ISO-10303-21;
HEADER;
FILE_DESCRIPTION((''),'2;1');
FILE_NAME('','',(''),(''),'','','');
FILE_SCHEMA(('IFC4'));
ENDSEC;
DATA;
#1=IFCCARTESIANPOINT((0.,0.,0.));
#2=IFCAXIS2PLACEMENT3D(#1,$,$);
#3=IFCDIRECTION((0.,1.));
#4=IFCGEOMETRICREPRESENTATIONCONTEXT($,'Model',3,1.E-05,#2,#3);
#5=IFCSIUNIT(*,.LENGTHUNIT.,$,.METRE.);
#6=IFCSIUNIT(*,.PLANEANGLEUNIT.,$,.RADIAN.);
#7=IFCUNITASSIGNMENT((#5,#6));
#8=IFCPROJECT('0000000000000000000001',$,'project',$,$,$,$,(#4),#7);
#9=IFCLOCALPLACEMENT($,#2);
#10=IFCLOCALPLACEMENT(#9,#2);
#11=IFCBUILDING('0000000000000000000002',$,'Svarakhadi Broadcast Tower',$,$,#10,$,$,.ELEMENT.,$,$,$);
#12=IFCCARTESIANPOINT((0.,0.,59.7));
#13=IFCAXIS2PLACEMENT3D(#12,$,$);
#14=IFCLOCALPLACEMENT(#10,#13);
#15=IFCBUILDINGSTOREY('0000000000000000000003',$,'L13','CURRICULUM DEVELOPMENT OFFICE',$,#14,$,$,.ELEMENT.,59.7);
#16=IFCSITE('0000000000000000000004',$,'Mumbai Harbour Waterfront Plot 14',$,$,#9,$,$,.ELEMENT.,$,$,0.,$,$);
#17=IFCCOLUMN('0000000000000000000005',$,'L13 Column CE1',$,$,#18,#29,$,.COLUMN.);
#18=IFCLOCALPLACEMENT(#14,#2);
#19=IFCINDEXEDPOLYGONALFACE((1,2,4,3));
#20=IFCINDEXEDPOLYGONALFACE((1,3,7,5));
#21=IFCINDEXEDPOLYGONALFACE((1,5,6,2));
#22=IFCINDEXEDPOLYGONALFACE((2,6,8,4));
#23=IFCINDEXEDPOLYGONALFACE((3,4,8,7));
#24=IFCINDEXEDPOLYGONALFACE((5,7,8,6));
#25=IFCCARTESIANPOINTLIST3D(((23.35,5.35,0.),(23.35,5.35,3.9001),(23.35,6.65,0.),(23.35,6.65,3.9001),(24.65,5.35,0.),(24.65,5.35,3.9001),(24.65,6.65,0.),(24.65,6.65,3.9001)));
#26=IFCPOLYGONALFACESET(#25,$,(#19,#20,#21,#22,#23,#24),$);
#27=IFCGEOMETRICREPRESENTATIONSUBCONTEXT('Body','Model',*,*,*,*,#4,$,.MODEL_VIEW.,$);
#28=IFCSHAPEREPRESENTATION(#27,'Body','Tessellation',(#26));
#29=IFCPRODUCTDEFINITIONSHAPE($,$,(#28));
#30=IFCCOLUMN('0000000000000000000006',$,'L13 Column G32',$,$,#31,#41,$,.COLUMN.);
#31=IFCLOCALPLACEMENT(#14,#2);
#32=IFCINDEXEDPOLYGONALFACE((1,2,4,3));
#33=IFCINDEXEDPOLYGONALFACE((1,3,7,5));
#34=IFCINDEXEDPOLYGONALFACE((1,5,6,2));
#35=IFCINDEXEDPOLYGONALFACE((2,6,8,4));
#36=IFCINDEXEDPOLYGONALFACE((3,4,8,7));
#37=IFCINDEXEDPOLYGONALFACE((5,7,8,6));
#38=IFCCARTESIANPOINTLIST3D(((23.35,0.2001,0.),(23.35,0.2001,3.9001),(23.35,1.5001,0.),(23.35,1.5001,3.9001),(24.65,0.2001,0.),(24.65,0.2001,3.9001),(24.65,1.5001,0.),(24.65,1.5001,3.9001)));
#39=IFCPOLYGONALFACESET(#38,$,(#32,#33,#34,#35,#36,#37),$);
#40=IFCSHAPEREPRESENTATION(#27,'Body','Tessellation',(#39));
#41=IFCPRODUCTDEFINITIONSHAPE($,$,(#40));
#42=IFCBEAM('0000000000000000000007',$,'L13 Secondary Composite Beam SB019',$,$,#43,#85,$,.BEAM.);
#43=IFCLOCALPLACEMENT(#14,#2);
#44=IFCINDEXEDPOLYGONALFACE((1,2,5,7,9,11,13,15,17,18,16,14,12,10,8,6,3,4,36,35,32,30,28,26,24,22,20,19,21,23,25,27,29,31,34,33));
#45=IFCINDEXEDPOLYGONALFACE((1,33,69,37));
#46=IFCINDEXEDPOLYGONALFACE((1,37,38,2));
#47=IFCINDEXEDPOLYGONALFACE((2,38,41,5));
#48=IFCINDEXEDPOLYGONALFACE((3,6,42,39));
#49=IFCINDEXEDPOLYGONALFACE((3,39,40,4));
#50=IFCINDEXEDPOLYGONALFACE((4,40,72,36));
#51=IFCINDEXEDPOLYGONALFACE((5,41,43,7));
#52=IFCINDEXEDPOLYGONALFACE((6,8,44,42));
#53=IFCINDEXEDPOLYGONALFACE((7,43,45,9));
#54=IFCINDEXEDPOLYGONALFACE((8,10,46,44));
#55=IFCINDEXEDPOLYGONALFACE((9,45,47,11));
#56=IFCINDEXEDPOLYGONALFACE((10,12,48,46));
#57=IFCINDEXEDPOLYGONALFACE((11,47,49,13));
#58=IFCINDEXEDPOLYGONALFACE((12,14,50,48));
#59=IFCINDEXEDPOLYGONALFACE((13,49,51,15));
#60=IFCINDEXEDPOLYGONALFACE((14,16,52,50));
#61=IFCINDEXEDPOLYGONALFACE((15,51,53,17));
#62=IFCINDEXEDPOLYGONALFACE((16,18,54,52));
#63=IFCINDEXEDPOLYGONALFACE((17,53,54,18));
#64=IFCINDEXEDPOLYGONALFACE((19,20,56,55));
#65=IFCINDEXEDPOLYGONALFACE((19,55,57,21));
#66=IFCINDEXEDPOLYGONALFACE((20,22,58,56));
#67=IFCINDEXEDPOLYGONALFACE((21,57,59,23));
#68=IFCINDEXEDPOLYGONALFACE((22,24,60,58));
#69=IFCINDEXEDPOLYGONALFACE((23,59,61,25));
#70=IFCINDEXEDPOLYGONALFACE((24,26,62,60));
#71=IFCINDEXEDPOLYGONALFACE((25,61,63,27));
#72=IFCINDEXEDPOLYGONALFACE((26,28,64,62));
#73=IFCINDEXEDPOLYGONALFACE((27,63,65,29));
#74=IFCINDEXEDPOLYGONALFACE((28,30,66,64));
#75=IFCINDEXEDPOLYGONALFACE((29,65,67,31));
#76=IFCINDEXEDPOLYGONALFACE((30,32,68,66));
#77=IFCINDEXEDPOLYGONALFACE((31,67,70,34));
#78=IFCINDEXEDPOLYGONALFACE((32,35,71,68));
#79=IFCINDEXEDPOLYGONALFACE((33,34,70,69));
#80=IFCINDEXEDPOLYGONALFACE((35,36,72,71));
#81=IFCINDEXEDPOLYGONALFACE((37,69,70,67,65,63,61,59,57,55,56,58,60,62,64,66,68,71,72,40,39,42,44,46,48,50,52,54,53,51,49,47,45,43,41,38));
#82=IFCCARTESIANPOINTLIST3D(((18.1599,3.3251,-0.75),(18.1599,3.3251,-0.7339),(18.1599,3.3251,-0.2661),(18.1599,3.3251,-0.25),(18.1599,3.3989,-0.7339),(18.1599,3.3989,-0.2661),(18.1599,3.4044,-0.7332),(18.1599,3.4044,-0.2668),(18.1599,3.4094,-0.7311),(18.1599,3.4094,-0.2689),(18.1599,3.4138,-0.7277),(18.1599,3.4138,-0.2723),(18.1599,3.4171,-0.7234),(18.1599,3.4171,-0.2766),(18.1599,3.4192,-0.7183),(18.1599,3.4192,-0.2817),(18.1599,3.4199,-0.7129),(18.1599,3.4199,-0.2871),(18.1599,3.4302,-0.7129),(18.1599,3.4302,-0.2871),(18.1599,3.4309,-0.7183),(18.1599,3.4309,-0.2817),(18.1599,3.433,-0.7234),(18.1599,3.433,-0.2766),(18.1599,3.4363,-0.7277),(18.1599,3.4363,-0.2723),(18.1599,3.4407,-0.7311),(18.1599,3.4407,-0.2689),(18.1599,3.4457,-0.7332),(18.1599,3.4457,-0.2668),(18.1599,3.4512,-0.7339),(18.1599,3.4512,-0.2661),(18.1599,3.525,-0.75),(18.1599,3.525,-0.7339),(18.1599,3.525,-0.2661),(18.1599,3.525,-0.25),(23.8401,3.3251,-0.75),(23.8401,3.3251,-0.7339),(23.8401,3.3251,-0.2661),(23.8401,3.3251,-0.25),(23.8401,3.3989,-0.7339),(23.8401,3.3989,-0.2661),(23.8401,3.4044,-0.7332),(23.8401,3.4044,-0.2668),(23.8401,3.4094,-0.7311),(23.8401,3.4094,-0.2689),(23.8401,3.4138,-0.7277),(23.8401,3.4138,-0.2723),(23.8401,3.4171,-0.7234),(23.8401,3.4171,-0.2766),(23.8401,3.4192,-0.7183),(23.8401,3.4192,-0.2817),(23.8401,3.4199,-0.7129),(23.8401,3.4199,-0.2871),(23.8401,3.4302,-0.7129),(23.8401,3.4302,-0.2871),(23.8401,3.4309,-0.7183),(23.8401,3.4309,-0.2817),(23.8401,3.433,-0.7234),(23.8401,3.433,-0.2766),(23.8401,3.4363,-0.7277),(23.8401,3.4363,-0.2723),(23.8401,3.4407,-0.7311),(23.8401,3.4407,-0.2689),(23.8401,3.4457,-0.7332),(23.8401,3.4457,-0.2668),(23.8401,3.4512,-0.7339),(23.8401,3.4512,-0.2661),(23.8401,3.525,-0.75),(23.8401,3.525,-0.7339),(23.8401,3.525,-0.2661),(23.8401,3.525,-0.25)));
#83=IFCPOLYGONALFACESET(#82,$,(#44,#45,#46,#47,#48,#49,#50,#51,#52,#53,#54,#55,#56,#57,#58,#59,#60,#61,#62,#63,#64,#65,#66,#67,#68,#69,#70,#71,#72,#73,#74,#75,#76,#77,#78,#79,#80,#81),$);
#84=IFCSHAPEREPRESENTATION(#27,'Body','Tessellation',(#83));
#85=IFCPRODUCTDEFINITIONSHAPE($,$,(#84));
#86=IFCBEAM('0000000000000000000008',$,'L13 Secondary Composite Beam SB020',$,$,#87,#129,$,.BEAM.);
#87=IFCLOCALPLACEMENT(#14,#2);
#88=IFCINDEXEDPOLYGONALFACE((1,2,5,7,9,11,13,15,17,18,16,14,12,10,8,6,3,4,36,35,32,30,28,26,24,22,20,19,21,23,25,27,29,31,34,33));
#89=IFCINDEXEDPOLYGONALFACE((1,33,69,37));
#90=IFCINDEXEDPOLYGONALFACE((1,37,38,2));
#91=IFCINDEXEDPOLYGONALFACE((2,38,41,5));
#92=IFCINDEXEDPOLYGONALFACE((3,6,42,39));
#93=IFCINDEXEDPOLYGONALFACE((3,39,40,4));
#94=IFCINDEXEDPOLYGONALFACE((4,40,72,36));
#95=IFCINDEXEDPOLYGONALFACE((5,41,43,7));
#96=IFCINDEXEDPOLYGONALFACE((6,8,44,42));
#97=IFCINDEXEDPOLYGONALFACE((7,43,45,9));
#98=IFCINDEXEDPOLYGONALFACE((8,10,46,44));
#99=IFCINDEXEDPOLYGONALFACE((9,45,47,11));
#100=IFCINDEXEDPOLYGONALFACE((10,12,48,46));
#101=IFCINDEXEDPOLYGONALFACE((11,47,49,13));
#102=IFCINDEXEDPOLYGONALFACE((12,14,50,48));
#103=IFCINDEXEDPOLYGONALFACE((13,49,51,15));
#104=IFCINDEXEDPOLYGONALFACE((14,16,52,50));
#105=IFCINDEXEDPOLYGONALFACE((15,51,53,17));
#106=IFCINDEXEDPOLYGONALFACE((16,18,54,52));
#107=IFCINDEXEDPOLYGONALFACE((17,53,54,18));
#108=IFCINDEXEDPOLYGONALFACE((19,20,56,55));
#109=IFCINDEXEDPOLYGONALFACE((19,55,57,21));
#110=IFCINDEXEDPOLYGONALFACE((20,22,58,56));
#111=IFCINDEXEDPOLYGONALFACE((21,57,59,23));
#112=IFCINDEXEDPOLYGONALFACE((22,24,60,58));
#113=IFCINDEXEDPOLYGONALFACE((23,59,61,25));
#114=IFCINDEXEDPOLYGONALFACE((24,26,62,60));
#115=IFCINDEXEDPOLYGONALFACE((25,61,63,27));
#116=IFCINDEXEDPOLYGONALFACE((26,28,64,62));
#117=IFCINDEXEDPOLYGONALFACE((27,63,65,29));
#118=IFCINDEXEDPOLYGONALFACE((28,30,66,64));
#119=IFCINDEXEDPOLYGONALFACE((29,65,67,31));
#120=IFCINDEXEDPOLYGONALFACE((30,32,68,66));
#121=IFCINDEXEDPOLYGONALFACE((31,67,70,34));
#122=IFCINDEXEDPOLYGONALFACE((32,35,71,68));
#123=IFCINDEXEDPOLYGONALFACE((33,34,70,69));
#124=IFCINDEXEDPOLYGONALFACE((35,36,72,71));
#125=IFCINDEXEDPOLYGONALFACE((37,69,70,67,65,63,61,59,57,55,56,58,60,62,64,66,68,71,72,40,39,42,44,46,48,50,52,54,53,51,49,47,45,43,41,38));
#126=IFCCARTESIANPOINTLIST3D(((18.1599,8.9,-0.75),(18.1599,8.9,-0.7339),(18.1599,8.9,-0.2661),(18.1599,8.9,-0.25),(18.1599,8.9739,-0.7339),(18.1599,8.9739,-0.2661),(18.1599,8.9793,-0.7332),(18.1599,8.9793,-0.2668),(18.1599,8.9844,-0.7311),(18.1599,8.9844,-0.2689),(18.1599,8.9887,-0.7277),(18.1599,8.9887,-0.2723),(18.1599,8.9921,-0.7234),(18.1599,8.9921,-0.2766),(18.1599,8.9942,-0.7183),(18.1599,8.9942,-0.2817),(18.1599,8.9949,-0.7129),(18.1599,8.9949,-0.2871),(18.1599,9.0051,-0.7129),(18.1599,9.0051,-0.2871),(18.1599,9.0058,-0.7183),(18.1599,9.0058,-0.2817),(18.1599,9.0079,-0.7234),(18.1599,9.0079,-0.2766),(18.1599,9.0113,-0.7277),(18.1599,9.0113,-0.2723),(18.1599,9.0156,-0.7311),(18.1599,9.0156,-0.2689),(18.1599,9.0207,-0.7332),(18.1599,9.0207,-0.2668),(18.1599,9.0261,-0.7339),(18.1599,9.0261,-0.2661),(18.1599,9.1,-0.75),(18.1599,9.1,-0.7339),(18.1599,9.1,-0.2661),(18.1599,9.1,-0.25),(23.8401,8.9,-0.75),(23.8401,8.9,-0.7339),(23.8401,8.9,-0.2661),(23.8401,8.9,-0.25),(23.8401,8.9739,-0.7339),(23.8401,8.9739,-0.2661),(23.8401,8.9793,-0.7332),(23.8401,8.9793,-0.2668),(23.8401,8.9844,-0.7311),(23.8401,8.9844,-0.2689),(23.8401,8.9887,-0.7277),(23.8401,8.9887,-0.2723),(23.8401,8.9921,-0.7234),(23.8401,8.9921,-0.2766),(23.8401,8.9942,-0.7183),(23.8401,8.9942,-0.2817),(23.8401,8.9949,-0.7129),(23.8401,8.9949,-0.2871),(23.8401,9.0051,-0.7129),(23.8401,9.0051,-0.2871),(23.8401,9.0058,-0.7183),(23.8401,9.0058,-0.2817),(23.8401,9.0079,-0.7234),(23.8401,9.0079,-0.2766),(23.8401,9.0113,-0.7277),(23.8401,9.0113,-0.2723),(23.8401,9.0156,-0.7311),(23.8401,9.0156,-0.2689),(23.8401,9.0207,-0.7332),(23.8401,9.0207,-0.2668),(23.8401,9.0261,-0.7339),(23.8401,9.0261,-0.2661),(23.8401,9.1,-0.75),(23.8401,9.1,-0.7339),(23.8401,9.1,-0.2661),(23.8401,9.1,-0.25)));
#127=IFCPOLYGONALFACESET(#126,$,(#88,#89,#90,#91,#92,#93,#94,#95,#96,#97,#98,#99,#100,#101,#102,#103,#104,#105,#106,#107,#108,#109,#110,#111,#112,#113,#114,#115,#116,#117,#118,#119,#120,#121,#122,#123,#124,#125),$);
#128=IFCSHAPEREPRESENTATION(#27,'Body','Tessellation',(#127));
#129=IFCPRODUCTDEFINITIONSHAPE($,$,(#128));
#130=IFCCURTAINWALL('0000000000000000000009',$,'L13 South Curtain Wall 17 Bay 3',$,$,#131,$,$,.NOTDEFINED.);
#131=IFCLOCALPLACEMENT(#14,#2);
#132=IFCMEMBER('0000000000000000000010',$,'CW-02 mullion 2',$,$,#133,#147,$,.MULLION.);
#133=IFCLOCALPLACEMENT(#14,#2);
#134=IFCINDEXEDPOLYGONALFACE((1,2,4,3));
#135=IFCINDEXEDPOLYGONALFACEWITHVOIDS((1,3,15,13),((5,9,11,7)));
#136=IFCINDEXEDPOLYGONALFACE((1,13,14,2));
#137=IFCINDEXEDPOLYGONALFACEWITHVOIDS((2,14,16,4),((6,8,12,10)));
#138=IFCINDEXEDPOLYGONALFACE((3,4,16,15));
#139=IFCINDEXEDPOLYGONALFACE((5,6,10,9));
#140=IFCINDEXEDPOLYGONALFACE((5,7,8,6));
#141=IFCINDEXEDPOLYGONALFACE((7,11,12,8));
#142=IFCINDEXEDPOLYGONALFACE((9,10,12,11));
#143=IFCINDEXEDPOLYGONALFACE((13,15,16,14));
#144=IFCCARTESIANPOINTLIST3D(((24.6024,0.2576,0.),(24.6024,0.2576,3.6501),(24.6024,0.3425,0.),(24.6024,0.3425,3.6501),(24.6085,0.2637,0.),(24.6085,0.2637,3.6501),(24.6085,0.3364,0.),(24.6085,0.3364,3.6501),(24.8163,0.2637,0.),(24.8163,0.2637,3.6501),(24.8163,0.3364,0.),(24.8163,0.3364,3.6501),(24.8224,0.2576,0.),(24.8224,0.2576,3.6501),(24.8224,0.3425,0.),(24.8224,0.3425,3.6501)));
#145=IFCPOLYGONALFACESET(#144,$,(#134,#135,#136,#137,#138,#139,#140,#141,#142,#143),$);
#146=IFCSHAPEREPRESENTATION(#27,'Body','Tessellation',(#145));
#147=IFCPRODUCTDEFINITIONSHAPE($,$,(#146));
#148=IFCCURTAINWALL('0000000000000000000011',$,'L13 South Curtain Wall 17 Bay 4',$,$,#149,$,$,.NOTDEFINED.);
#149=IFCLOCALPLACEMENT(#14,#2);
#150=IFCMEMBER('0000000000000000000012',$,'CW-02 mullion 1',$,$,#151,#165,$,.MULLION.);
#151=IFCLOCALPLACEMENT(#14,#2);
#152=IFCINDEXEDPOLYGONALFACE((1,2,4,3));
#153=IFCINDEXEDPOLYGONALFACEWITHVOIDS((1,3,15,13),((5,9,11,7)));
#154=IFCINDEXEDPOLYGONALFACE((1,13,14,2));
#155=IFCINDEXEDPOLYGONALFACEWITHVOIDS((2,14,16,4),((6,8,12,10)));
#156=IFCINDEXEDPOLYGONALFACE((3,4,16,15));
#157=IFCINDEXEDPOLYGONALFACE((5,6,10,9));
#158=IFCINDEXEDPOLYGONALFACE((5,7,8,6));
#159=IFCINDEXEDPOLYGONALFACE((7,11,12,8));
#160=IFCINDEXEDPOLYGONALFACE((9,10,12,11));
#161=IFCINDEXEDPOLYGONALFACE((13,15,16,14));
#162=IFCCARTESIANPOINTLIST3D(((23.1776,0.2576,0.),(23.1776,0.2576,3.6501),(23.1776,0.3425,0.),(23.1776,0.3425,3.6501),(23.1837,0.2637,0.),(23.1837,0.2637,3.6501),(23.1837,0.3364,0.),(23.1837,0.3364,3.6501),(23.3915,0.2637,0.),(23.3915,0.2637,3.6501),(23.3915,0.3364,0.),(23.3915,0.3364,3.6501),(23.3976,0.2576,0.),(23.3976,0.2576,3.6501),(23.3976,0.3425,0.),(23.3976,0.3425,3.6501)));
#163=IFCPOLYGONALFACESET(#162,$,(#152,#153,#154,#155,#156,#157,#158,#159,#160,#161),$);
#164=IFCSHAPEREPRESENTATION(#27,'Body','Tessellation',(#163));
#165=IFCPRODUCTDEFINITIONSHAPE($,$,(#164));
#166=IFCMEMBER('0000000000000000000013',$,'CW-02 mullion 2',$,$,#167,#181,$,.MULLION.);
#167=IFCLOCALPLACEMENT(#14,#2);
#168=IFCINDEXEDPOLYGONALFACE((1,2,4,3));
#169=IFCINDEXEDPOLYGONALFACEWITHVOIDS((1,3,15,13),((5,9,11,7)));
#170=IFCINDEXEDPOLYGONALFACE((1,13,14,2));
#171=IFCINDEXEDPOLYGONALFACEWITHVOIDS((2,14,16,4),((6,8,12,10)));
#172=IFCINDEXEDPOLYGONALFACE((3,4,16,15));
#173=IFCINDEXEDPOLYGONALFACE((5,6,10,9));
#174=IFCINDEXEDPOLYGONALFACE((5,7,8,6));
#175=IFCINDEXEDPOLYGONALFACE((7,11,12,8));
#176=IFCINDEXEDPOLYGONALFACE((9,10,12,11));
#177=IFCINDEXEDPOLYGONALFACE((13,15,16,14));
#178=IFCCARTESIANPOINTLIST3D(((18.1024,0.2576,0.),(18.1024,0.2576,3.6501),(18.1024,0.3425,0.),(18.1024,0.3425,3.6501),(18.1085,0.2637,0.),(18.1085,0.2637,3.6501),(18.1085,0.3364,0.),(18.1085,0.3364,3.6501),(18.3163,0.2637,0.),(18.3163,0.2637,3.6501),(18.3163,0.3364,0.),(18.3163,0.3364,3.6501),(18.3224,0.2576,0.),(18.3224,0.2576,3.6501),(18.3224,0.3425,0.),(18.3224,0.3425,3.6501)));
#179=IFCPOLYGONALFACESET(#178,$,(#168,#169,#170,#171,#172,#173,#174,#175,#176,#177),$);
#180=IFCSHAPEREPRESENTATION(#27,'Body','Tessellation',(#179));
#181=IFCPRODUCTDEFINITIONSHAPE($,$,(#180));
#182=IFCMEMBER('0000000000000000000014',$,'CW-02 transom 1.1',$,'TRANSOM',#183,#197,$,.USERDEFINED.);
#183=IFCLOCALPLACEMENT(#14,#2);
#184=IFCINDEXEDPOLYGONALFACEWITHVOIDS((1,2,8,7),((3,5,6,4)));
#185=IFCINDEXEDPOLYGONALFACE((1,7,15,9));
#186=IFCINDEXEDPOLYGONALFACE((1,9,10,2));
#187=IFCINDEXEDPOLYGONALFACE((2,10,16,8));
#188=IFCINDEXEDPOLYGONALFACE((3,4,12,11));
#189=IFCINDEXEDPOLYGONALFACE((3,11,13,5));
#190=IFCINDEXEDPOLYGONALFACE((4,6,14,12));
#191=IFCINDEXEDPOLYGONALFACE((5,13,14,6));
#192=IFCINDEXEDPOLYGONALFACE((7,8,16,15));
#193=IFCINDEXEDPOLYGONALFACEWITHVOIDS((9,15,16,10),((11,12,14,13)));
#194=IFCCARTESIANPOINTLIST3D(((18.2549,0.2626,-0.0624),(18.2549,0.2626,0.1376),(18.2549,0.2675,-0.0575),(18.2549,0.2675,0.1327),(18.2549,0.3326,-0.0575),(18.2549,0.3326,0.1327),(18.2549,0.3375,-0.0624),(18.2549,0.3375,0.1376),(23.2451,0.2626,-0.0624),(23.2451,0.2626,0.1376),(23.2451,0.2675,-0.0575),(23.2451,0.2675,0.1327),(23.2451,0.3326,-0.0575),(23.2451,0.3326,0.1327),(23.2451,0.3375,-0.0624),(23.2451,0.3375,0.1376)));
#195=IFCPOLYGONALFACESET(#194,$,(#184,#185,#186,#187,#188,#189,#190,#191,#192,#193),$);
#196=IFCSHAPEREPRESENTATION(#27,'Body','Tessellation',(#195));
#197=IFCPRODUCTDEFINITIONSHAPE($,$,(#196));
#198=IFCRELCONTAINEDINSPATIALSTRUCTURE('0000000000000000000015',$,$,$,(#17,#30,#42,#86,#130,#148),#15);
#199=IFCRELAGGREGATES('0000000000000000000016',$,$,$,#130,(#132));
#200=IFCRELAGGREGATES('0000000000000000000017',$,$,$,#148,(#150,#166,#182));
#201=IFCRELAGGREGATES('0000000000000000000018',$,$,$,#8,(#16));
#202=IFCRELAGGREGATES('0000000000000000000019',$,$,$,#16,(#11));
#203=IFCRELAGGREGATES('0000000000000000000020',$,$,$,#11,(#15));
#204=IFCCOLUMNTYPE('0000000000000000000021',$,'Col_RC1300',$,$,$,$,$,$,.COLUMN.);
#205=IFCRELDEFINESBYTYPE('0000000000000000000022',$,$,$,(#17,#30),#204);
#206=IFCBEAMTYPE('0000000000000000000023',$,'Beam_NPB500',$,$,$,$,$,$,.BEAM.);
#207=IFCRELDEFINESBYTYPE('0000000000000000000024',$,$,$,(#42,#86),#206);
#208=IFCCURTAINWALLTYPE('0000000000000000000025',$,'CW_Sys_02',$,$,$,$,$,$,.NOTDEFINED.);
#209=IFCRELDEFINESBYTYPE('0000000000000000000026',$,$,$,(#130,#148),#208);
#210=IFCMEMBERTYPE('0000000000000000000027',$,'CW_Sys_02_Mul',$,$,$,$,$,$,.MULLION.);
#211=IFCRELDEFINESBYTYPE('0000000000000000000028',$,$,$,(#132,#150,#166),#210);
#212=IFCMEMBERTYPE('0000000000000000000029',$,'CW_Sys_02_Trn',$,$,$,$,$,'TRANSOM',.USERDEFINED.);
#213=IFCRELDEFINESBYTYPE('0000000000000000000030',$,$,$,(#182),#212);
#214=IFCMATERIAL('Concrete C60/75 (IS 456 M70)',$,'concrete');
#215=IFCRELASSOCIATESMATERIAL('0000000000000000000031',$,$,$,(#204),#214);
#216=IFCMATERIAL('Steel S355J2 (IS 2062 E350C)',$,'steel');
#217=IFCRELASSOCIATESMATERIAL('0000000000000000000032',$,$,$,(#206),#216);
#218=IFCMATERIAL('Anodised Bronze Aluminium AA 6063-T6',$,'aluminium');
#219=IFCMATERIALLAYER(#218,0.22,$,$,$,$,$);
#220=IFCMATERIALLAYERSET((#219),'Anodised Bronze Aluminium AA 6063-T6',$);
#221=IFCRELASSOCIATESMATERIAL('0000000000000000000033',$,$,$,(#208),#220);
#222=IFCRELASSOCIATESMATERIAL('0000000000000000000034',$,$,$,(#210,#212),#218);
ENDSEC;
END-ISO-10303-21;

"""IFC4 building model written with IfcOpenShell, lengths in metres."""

from ifc_helpers import new_model, si_unit, direction, frame, origin, origin_2d, place, context, subcontext, project, spatial, rectangle, hollow_rectangle, i_section, extrude, material, layer, layer_set, material_profile, profile_set, type_object, element, aggregate, save


model = new_model("IFC4")

# Units and contexts
model_context = context("Model", 3, precision=1e-05, world=origin(), true_north=direction((0.0, 1.0)))
body_context = subcontext(model_context, "Body", "Model", "MODEL_VIEW")
ifc_project = project(units=[si_unit("LENGTHUNIT", "METRE"), si_unit("PLANEANGLEUNIT", "RADIAN")], contexts=[model_context])

# Site, building, storey
site_placement = place(None, origin())
site = spatial("IfcSite", under=ifc_project, at=site_placement, Name="Mumbai Harbour Waterfront Plot 14", CompositionType="ELEMENT", RefElevation=0.0)
building_placement = place(site_placement, origin())
building = spatial("IfcBuilding", under=site, at=building_placement, Name="Svarakhadi Broadcast Tower", CompositionType="ELEMENT")
storey_placement = place(building_placement, frame((0.0, 0.0, 59.7)))
storey = spatial("IfcBuildingStorey", under=building, at=storey_placement, Name="L13", Description="CURRICULUM DEVELOPMENT OFFICE", CompositionType="ELEMENT", Elevation=59.7)

# Columns
ifc_material_1 = material(Name="Concrete C60/75 (IS 456 M70)", Category="concrete")
ifc_material_profile_1 = material_profile(ifc_material_1, rectangle(XDim=1.3, YDim=1.3, at=origin_2d()), Name="RC 1300x1300")
ifc_profile_set_1 = profile_set([ifc_material_profile_1], Name="Concrete C60/75 (IS 456 M70)")
column_type = type_object("IfcColumnType", Name="Col_RC1300", PredefinedType="COLUMN", material=ifc_profile_set_1)
for number, where, z_axis, x_axis, name in (
    (1, (24.0, 6.0, 0.0), (0.0, 0.0, 1.0), (1.0, 0.0, 0.0), "L13 Column CE1"),
    (2, (24.0, 0.8501, 0.0), (0.0, 0.0, 1.0), (1.0, 0.0, 0.0), "L13 Column G32"),
):
    element("IfcColumn", number, at=place(storey_placement, frame(where, z_axis=z_axis, x_axis=x_axis)), inside=storey, type_object=column_type, Name=name, PredefinedType="COLUMN", context=body_context, shape_type="SweptSolid", body=[
        extrude(rectangle(XDim=1.3, YDim=1.3, at=origin_2d()), origin(), (0.0, 0.0, 1.0), 3.9001),
    ])

# Beams
ifc_material_2 = material(Name="Steel S355J2 (IS 2062 E350C)", Category="steel")
ifc_material_profile_2 = material_profile(ifc_material_2, i_section(OverallWidth=0.2, OverallDepth=0.5, WebThickness=0.0103, FlangeThickness=0.0161, FilletRadius=0.021, at=origin_2d()), Name="NPB 500x200x91")
ifc_profile_set_2 = profile_set([ifc_material_profile_2], Name="Steel S355J2 (IS 2062 E350C)")
beam_type_1 = type_object("IfcBeamType", Name="Beam_NPB500", PredefinedType="BEAM", material=ifc_profile_set_2)
for number, where, z_axis, x_axis, name in (
    (3, (18.1599, 3.425, -0.5), (1.0, 0.0, 0.0), (0.0, 1.0, 0.0), "L13 Secondary Composite Beam SB019"),
    (4, (18.1599, 9.0, -0.5), (1.0, 0.0, 0.0), (0.0, 1.0, 0.0), "L13 Secondary Composite Beam SB020"),
):
    element("IfcBeam", number, at=place(storey_placement, frame(where, z_axis=z_axis, x_axis=x_axis)), inside=storey, type_object=beam_type_1, Name=name, PredefinedType="BEAM", context=body_context, shape_type="SweptSolid", body=[
        extrude(i_section(OverallWidth=0.2, OverallDepth=0.5, WebThickness=0.0103, FlangeThickness=0.0161, FilletRadius=0.021, at=origin_2d()), origin(), (0.0, 0.0, 1.0), 5.6802),
    ])

# Curtain wall, member
ifc_material_3 = material(Name="Anodised Bronze Aluminium AA 6063-T6", Category="aluminium")
ifc_layer_1 = layer(ifc_material_3, 0.22)
ifc_layer_set_1 = layer_set([ifc_layer_1], Name="Anodised Bronze Aluminium AA 6063-T6")
curtain_wall_type = type_object("IfcCurtainWallType", Name="CW_Sys_02", PredefinedType="NOTDEFINED", material=ifc_layer_set_1)
curtain_wall_1_placement = place(storey_placement, origin())
curtain_wall_1 = element("IfcCurtainWall", 5, at=curtain_wall_1_placement, inside=storey, type_object=curtain_wall_type, Name="L13 South Curtain Wall 17 Bay 3", PredefinedType="NOTDEFINED")
ifc_material_profile_3 = material_profile(ifc_material_3, hollow_rectangle(XDim=0.085, YDim=0.22, WallThickness=0.0061, at=origin_2d()), Name="ALU MULLION 220x85x6")
ifc_profile_set_3 = profile_set([ifc_material_profile_3], Name="Anodised Bronze Aluminium AA 6063-T6")
member_type_1 = type_object("IfcMemberType", Name="CW_Sys_02_Mul", PredefinedType="MULLION", material=ifc_profile_set_3)
member_1_placement = place(storey_placement, frame((24.7124, 0.3, 0.0), z_axis=(0.0, 0.0, 1.0), x_axis=(0.0, -1.0, 0.0)))
member_1 = element("IfcMember", 6, at=member_1_placement, type_object=member_type_1, Name="CW-02 mullion 2", PredefinedType="MULLION", context=body_context, shape_type="SweptSolid", body=[
    extrude(hollow_rectangle(XDim=0.085, YDim=0.22, WallThickness=0.0061, at=origin_2d()), origin(), (0.0, 0.0, 1.0), 3.6501),
])

# Curtain wall, members
curtain_wall_2_placement = place(storey_placement, origin())
curtain_wall_2 = element("IfcCurtainWall", 7, at=curtain_wall_2_placement, inside=storey, type_object=curtain_wall_type, Name="L13 South Curtain Wall 17 Bay 4", PredefinedType="NOTDEFINED")
member_2_placement = place(storey_placement, frame((23.2876, 0.3, 0.0), z_axis=(0.0, 0.0, 1.0), x_axis=(0.0, -1.0, 0.0)))
member_2 = element("IfcMember", 8, at=member_2_placement, type_object=member_type_1, Name="CW-02 mullion 1", PredefinedType="MULLION", context=body_context, shape_type="SweptSolid", body=[
    extrude(hollow_rectangle(XDim=0.085, YDim=0.22, WallThickness=0.0061, at=origin_2d()), origin(), (0.0, 0.0, 1.0), 3.6501),
])
member_3_placement = place(storey_placement, frame((18.2124, 0.3, 0.0), z_axis=(0.0, 0.0, 1.0), x_axis=(0.0, -1.0, 0.0)))
member_3 = element("IfcMember", 9, at=member_3_placement, type_object=member_type_1, Name="CW-02 mullion 2", PredefinedType="MULLION", context=body_context, shape_type="SweptSolid", body=[
    extrude(hollow_rectangle(XDim=0.085, YDim=0.22, WallThickness=0.0061, at=origin_2d()), origin(), (0.0, 0.0, 1.0), 3.6501),
])
ifc_material_profile_4 = material_profile(ifc_material_3, hollow_rectangle(XDim=0.075, YDim=0.2, WallThickness=0.0049, at=origin_2d()), Name="ALU TRANSOM 200x75x5")
ifc_profile_set_4 = profile_set([ifc_material_profile_4], Name="Anodised Bronze Aluminium AA 6063-T6")
member_type_2 = type_object("IfcMemberType", Name="CW_Sys_02_Trn", ElementType="TRANSOM", PredefinedType="USERDEFINED", material=ifc_profile_set_4)
member_4_placement = place(storey_placement, frame((23.2451, 0.3, 0.0376), z_axis=(-1.0, 0.0, 0.0), x_axis=(0.0, -1.0, 0.0)))
member_4 = element("IfcMember", 10, at=member_4_placement, type_object=member_type_2, Name="CW-02 transom 1.1", ObjectType="TRANSOM", PredefinedType="USERDEFINED", context=body_context, shape_type="SweptSolid", body=[
    extrude(hollow_rectangle(XDim=0.075, YDim=0.2, WallThickness=0.0049, at=origin_2d()), origin(), (0.0, 0.0, 1.0), 4.9902),
])

aggregate(curtain_wall_1, [member_1])
aggregate(curtain_wall_2, [member_2, member_3, member_4])

save(model, "model.ifc")
